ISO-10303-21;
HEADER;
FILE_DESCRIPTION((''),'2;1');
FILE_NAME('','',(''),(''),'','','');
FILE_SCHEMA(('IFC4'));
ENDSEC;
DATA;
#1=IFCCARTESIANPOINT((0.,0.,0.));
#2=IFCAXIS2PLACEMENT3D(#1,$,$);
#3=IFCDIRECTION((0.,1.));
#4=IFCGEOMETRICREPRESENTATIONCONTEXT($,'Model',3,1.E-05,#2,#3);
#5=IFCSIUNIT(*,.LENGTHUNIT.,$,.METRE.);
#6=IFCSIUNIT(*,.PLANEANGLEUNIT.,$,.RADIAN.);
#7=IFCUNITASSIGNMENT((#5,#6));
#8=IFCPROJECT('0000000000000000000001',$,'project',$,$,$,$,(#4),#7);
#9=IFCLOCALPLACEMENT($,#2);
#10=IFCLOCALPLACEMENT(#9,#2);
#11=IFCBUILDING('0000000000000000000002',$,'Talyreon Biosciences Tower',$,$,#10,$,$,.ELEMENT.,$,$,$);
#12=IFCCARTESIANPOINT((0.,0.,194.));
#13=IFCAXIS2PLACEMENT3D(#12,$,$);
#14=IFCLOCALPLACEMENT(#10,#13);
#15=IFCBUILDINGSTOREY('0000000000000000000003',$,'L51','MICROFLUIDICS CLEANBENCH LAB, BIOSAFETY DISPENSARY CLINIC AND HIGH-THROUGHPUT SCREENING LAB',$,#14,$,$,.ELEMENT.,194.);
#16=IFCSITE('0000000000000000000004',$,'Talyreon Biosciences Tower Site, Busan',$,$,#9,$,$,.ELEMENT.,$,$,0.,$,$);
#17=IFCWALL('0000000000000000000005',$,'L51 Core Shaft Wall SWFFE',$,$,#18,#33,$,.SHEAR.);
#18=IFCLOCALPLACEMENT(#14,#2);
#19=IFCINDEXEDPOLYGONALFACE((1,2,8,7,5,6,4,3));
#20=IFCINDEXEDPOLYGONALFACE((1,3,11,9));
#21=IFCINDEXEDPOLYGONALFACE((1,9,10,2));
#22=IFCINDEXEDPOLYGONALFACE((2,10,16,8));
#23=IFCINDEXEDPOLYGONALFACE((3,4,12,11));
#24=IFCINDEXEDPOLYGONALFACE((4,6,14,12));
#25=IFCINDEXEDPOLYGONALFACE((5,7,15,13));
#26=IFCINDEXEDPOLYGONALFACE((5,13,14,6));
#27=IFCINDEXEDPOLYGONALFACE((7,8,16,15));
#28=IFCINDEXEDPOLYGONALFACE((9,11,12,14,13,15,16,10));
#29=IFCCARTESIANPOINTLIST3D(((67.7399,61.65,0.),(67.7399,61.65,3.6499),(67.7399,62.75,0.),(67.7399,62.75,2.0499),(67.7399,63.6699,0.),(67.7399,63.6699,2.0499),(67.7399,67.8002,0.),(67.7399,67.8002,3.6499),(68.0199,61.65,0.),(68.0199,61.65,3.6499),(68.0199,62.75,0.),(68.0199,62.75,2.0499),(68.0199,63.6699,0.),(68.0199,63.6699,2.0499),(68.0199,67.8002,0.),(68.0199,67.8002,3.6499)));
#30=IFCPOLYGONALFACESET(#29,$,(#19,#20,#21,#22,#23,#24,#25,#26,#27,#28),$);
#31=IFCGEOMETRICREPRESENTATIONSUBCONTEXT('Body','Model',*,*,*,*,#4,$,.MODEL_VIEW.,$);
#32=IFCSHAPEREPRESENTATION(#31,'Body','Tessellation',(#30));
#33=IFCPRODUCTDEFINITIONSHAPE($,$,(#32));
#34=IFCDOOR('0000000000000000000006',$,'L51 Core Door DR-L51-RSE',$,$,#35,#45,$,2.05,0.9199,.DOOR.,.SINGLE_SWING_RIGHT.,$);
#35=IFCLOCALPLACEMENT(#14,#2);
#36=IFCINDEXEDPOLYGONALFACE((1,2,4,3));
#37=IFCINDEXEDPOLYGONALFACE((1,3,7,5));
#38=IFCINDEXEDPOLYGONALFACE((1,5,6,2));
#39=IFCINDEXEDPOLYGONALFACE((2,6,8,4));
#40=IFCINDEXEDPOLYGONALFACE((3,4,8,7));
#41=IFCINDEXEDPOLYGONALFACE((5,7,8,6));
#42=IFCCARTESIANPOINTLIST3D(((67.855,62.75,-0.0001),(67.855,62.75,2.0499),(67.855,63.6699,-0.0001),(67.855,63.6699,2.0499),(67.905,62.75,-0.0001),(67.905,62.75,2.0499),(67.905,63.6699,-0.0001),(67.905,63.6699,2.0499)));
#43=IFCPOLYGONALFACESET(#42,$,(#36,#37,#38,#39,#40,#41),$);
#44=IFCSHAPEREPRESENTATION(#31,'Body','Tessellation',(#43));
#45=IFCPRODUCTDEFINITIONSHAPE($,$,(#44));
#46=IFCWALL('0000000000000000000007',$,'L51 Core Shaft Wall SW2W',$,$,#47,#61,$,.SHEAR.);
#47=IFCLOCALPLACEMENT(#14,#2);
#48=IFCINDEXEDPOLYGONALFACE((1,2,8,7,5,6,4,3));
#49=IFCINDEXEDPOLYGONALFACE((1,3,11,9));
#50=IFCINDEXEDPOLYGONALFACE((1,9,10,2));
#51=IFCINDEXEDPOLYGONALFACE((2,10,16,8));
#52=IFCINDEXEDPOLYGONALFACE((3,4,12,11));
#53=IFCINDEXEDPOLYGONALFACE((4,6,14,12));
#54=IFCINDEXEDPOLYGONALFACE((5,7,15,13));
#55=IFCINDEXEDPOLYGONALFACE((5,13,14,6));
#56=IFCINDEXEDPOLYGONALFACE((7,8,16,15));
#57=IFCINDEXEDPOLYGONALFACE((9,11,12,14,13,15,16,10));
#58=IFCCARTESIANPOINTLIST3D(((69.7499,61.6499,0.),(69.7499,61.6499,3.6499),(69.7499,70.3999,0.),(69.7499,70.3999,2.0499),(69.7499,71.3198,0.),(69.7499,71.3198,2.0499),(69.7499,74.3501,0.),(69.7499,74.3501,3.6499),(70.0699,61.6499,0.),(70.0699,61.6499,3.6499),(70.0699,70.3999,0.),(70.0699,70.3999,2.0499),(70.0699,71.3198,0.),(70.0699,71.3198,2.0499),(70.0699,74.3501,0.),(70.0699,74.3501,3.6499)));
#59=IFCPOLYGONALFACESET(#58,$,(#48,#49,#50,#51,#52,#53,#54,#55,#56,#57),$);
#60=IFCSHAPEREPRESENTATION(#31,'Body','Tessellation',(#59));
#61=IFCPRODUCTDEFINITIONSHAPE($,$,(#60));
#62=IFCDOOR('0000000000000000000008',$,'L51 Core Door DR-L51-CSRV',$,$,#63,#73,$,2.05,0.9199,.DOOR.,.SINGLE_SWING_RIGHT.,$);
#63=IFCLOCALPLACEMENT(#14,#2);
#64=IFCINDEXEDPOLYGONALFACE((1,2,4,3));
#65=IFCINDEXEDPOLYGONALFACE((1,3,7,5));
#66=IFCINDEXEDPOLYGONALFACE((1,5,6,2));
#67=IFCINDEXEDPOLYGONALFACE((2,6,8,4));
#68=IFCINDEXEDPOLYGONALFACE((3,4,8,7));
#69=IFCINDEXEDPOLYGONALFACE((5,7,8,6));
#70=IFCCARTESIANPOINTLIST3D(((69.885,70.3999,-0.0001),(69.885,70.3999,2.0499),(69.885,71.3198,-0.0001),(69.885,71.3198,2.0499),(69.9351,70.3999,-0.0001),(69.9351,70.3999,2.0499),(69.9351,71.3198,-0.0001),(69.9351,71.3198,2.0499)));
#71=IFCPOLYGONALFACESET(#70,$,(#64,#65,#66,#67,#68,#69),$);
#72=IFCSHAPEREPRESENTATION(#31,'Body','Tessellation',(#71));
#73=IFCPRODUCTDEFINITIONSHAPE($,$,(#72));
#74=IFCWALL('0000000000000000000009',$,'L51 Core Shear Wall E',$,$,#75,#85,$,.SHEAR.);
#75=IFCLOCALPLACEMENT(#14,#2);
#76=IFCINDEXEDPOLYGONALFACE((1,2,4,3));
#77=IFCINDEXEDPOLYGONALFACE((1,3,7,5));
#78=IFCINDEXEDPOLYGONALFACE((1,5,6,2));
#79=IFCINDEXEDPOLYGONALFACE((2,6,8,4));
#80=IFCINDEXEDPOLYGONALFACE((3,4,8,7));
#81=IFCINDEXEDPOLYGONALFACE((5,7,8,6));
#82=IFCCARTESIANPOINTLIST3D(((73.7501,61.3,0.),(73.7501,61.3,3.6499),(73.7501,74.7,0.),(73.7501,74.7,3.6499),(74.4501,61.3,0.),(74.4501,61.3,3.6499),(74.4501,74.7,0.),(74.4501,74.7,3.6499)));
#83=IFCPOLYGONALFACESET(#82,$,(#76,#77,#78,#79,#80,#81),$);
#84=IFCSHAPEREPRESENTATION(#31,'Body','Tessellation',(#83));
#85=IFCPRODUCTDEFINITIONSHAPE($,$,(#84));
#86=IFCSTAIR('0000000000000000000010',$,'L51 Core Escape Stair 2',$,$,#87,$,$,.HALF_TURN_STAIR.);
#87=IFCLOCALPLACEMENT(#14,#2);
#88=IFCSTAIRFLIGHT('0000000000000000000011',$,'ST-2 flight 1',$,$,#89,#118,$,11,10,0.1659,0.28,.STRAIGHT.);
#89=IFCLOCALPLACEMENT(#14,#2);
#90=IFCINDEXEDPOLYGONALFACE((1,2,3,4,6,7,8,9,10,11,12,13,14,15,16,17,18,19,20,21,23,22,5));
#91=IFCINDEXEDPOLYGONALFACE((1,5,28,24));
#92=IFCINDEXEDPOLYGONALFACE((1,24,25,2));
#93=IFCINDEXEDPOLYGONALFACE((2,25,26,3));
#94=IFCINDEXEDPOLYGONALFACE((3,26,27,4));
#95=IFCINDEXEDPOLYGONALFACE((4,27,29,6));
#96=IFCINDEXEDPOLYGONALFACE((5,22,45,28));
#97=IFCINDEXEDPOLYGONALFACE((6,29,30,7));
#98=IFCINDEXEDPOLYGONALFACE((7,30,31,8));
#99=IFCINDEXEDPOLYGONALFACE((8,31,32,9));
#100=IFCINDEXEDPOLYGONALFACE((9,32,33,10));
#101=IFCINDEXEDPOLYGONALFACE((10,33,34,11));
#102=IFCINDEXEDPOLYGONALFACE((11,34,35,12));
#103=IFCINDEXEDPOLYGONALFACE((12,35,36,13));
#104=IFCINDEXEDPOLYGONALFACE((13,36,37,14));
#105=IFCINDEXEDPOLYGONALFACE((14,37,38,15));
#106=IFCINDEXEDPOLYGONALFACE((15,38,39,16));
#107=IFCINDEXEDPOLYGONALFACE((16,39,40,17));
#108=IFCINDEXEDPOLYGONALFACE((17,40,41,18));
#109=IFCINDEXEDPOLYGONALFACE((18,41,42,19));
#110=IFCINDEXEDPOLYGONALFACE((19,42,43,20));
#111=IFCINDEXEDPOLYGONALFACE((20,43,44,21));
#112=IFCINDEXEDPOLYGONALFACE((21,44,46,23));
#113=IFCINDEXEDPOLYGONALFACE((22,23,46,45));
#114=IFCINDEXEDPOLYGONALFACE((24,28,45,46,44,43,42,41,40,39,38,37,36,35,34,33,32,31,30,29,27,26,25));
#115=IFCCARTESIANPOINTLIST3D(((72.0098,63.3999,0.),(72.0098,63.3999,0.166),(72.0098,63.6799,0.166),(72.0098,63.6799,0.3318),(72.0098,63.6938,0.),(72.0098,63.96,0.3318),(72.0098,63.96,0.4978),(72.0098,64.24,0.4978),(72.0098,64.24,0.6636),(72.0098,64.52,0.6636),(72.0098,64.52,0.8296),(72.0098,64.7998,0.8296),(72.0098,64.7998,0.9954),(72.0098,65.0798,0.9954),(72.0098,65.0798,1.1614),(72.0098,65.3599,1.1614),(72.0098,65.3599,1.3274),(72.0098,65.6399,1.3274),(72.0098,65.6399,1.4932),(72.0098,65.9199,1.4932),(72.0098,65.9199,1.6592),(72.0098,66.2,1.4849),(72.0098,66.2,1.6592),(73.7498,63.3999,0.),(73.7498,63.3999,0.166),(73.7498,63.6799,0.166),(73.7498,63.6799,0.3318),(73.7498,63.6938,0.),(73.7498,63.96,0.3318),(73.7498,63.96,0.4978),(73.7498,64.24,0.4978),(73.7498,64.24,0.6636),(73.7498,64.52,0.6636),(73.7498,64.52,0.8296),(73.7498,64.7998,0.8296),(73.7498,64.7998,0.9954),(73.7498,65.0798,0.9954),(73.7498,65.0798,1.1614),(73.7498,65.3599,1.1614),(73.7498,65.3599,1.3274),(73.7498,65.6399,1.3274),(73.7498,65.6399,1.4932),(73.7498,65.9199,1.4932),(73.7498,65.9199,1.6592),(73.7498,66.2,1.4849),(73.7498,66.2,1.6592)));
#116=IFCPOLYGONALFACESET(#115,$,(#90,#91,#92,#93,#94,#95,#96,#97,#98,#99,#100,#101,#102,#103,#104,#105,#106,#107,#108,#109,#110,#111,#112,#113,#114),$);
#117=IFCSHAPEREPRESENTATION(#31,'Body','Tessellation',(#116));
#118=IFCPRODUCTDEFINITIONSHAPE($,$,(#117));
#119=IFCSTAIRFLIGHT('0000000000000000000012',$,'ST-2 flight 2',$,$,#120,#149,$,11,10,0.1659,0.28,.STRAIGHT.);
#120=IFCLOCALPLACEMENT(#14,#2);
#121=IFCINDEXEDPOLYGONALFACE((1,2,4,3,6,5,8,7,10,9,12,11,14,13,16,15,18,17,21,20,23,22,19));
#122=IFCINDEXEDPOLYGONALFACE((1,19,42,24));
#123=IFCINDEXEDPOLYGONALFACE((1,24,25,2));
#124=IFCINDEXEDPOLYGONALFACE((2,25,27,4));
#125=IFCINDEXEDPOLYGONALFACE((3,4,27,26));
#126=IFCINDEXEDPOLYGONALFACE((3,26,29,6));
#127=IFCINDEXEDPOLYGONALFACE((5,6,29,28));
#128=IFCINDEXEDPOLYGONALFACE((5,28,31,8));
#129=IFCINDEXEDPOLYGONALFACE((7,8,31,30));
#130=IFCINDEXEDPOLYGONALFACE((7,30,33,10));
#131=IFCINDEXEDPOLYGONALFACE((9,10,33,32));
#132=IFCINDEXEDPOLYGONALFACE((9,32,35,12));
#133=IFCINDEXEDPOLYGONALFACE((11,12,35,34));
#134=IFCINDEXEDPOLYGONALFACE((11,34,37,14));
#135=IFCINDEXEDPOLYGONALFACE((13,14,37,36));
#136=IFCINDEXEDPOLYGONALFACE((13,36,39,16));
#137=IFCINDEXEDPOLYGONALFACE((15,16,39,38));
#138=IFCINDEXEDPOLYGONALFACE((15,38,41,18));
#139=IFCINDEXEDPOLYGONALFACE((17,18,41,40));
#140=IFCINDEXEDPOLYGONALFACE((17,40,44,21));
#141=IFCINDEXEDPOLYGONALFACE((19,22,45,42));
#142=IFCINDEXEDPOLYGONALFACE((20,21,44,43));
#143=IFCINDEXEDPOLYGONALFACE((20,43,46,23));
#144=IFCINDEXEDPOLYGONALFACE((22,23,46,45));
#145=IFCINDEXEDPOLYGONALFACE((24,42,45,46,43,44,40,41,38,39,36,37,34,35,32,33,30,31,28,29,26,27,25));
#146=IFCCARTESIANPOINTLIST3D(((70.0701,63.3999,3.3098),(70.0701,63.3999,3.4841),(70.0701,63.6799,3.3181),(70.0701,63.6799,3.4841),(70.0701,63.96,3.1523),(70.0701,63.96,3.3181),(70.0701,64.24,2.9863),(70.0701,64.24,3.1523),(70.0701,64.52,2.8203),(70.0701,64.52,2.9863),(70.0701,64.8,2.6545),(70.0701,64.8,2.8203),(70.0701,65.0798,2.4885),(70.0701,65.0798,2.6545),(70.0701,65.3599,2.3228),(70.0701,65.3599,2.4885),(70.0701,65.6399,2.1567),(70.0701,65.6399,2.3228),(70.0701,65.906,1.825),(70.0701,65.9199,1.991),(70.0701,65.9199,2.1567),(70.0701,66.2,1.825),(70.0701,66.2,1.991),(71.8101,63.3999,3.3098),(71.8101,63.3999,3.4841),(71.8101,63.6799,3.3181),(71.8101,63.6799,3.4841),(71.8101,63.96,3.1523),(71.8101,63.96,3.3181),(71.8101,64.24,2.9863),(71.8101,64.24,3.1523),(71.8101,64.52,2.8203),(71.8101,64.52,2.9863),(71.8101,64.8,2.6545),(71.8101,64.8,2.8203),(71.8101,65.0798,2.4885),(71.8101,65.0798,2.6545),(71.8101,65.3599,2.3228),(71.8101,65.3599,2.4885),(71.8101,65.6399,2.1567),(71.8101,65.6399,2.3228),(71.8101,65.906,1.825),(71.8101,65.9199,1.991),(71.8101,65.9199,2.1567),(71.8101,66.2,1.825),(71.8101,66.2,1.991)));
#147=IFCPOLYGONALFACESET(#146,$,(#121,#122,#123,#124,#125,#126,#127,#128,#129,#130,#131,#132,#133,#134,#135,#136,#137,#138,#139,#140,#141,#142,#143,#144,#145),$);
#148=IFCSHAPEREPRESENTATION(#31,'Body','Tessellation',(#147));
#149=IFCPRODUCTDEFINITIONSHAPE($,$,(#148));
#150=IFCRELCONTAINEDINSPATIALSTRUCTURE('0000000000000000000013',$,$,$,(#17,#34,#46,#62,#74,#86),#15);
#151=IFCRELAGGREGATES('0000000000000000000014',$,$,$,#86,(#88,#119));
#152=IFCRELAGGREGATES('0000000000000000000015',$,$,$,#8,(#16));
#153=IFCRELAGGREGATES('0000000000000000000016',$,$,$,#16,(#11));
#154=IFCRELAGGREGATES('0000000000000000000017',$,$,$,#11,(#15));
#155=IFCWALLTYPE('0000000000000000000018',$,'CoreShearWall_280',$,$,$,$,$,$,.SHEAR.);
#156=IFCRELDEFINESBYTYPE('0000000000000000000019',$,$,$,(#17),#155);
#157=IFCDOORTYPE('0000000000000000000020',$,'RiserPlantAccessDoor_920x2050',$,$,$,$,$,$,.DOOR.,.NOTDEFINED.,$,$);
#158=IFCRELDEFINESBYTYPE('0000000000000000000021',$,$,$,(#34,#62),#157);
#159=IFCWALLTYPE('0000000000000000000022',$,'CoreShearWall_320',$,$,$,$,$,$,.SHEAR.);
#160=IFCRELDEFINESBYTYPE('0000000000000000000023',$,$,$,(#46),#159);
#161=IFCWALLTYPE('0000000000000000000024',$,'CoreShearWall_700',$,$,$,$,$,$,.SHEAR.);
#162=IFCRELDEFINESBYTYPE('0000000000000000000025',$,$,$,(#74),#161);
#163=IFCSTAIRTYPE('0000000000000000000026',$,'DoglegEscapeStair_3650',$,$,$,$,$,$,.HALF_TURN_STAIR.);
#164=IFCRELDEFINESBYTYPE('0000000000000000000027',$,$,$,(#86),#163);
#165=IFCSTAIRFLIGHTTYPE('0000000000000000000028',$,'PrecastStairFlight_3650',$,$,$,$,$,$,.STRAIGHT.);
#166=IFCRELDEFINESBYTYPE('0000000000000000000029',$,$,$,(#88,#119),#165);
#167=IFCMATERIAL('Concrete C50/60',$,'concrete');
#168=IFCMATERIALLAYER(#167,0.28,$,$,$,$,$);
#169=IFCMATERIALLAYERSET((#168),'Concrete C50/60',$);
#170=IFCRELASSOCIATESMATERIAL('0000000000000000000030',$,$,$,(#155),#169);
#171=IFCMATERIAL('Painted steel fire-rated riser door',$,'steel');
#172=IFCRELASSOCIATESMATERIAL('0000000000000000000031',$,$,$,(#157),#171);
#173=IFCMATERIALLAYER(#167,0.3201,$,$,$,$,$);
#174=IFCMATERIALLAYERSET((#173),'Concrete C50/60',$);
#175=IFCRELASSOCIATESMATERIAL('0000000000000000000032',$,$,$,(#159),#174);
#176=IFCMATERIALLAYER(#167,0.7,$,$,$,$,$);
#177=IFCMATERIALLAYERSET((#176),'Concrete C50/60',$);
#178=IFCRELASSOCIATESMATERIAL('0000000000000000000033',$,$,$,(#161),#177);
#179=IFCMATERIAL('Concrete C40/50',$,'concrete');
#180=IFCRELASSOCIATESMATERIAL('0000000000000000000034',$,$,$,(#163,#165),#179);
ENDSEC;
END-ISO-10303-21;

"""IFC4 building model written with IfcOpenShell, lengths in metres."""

from ifc_helpers import new_model, si_unit, direction, frame, frame_2d, origin, place, context, subcontext, project, spatial, polyline, rectangle, outline, extrude, material, layer, layer_set, type_object, element, fill, aggregate, save


model = new_model("IFC4")

# Units and contexts
model_context = context("Model", 3, precision=1e-05, world=origin(), true_north=direction((0.0, 1.0)))
body_context = subcontext(model_context, "Body", "Model", "MODEL_VIEW")
ifc_project = project(units=[si_unit("LENGTHUNIT", "METRE"), si_unit("PLANEANGLEUNIT", "RADIAN")], contexts=[model_context])

# Site, building, storey
site_placement = place(None, origin())
site = spatial("IfcSite", under=ifc_project, at=site_placement, Name="Talyreon Biosciences Tower Site, Busan", CompositionType="ELEMENT", RefElevation=0.0)
building_placement = place(site_placement, origin())
building = spatial("IfcBuilding", under=site, at=building_placement, Name="Talyreon Biosciences Tower", CompositionType="ELEMENT")
storey_placement = place(building_placement, frame((0.0, 0.0, 194.0)))
storey = spatial("IfcBuildingStorey", under=building, at=storey_placement, Name="L51", Description="MICROFLUIDICS CLEANBENCH LAB, BIOSAFETY DISPENSARY CLINIC AND HIGH-THROUGHPUT SCREENING LAB", CompositionType="ELEMENT", Elevation=194.0)

# Shared definitions
ifc_material_1 = material(Name="Concrete C50/60", Category="concrete")

# Walls, openings, doors
ifc_layer_1 = layer(ifc_material_1, 0.28)
ifc_layer_set_1 = layer_set([ifc_layer_1], Name="Concrete C50/60")
wall_type_1 = type_object("IfcWallType", Name="CoreShearWall_280", PredefinedType="SHEAR", material=ifc_layer_set_1)
wall_1_placement = place(storey_placement, frame((67.8799, 61.6499, 0.0), z_axis=(0.0, 0.0, 1.0), x_axis=(0.0, 1.0, 0.0)))
wall_1 = element("IfcWall", 1, at=wall_1_placement, inside=storey, type_object=wall_type_1, Name="L51 Core Shaft Wall SWFFE", PredefinedType="SHEAR", context=body_context, shape_type="SweptSolid", body=[
    extrude(rectangle(XDim=6.1501, YDim=0.28, at=frame_2d((3.0752, 0.0))), origin(), (0.0, 0.0, 1.0), 3.6499),
])
opening_1_placement = place(wall_1_placement, frame((1.1001, 0.0, 0.0)))
opening_1 = element("IfcOpeningElement", 2, at=opening_1_placement, cuts=wall_1, PredefinedType="OPENING", context=body_context, shape_type="SweptSolid", body=[
    extrude(rectangle(XDim=0.9199, YDim=2.05, at=frame_2d((0.46, 1.0249))), frame((0.0, 0.1499, 0.0), z_axis=(0.0, -1.0, 0.0), x_axis=(1.0, 0.0, 0.0)), (0.0, 0.0, 1.0), 0.3),
])
ifc_material_2 = material(Name="Painted steel fire-rated riser door", Category="steel")
door_type = type_object("IfcDoorType", Name="RiserPlantAccessDoor_920x2050", OperationType="NOTDEFINED", PredefinedType="DOOR", material=ifc_material_2)
door_1_placement = place(opening_1_placement, origin())
door_1 = element("IfcDoor", 3, at=door_1_placement, inside=storey, type_object=door_type, Name="L51 Core Door DR-L51-RSE", OperationType="SINGLE_SWING_RIGHT", OverallHeight=2.05, OverallWidth=0.9199, PredefinedType="DOOR", context=body_context, shape_type="SweptSolid", body=[
    extrude(rectangle(XDim=0.9199, YDim=2.05, at=frame_2d((0.46, 1.0249))), frame((0.0, 0.0249, 0.0), z_axis=(0.0, -1.0, 0.0), x_axis=(1.0, 0.0, 0.0)), (0.0, 0.0, 1.0), 0.05),
])
fill(opening_1, door_1)
ifc_layer_2 = layer(ifc_material_1, 0.3201)
ifc_layer_set_2 = layer_set([ifc_layer_2], Name="Concrete C50/60")
wall_type_2 = type_object("IfcWallType", Name="CoreShearWall_320", PredefinedType="SHEAR", material=ifc_layer_set_2)
wall_2_placement = place(storey_placement, frame((69.9099, 61.6499, 0.0), z_axis=(0.0, 0.0, 1.0), x_axis=(0.0, 1.0, 0.0)))
wall_2 = element("IfcWall", 4, at=wall_2_placement, inside=storey, type_object=wall_type_2, Name="L51 Core Shaft Wall SW2W", PredefinedType="SHEAR", context=body_context, shape_type="SweptSolid", body=[
    extrude(rectangle(XDim=12.7002, YDim=0.3201, at=frame_2d((6.3501, 0.0))), origin(), (0.0, 0.0, 1.0), 3.6499),
])
opening_2_placement = place(wall_2_placement, frame((8.75, 0.0, 0.0)))
opening_2 = element("IfcOpeningElement", 5, at=opening_2_placement, cuts=wall_2, PredefinedType="OPENING", context=body_context, shape_type="SweptSolid", body=[
    extrude(rectangle(XDim=0.9199, YDim=2.05, at=frame_2d((0.46, 1.0249))), frame((0.0, 0.1699, 0.0), z_axis=(0.0, -1.0, 0.0), x_axis=(1.0, 0.0, 0.0)), (0.0, 0.0, 1.0), 0.3401),
])
door_2_placement = place(opening_2_placement, origin())
door_2 = element("IfcDoor", 6, at=door_2_placement, inside=storey, type_object=door_type, Name="L51 Core Door DR-L51-CSRV", OperationType="SINGLE_SWING_RIGHT", OverallHeight=2.05, OverallWidth=0.9199, PredefinedType="DOOR", context=body_context, shape_type="SweptSolid", body=[
    extrude(rectangle(XDim=0.9199, YDim=2.05, at=frame_2d((0.46, 1.0249))), frame((0.0, 0.0249, 0.0), z_axis=(0.0, -1.0, 0.0), x_axis=(1.0, 0.0, 0.0)), (0.0, 0.0, 1.0), 0.05),
])
fill(opening_2, door_2)

# Wall
ifc_layer_3 = layer(ifc_material_1, 0.7)
ifc_layer_set_3 = layer_set([ifc_layer_3], Name="Concrete C50/60")
wall_type_3 = type_object("IfcWallType", Name="CoreShearWall_700", PredefinedType="SHEAR", material=ifc_layer_set_3)
wall_3_placement = place(storey_placement, frame((74.1001, 61.3, 0.0), z_axis=(0.0, 0.0, 1.0), x_axis=(0.0, 1.0, 0.0)))
element("IfcWall", 7, at=wall_3_placement, inside=storey, type_object=wall_type_3, Name="L51 Core Shear Wall E", PredefinedType="SHEAR", context=body_context, shape_type="SweptSolid", body=[
    extrude(rectangle(XDim=13.3999, YDim=0.7, at=frame_2d((6.7, 0.0))), origin(), (0.0, 0.0, 1.0), 3.6499),
])

# Stair, stair flights
ifc_material_3 = material(Name="Concrete C40/50", Category="concrete")
stair_type = type_object("IfcStairType", Name="DoglegEscapeStair_3650", PredefinedType="HALF_TURN_STAIR", material=ifc_material_3)
stair_placement = place(storey_placement, origin())
stair = element("IfcStair", 8, at=stair_placement, inside=storey, type_object=stair_type, Name="L51 Core Escape Stair 2", PredefinedType="HALF_TURN_STAIR")
stair_flight_type = type_object("IfcStairFlightType", Name="PrecastStairFlight_3650", PredefinedType="STRAIGHT", material=ifc_material_3)
stair_flight_1_placement = place(storey_placement, frame((72.8799, 63.3999, 0.0), z_axis=(0.0, 0.0, 1.0), x_axis=(0.0, 1.0, 0.0)))
stair_flight_1 = element("IfcStairFlight", 9, at=stair_flight_1_placement, type_object=stair_flight_type, Name="ST-2 flight 1", NumberOfRisers=11, NumberOfTreads=10, PredefinedType="STRAIGHT", RiserHeight=0.1659, TreadLength=0.28, context=body_context, shape_type="SweptSolid", body=[
    extrude(outline(polyline([(0.0, 0.0), (0.0, 0.166), (0.28, 0.166), (0.28, 0.3318), (0.5601, 0.3318), (0.5601, 0.4978), (0.8401, 0.4978), (0.8401, 0.6636), (1.1201, 0.6636), (1.1201, 0.8296), (1.3999, 0.8296), (1.3999, 0.9954), (1.6799, 0.9954), (1.6799, 1.1614), (1.96, 1.1614), (1.96, 1.3274), (2.24, 1.3274), (2.24, 1.4932), (2.52, 1.4932), (2.52, 1.6592), (2.8, 1.6592), (2.8, 1.825), (2.8, 1.4849), (0.2939, 0.0), (0.0, 0.0)])), frame((0.0, 0.8701, 0.0), z_axis=(0.0, -1.0, 0.0), x_axis=(1.0, 0.0, 0.0)), (0.0, 0.0, 1.0), 1.74),
])
stair_flight_2_placement = place(storey_placement, frame((70.9399, 66.2, 1.825), z_axis=(0.0, 0.0, 1.0), x_axis=(0.0, -1.0, 0.0)))
stair_flight_2 = element("IfcStairFlight", 10, at=stair_flight_2_placement, type_object=stair_flight_type, Name="ST-2 flight 2", NumberOfRisers=11, NumberOfTreads=10, PredefinedType="STRAIGHT", RiserHeight=0.1659, TreadLength=0.28, context=body_context, shape_type="SweptSolid", body=[
    extrude(outline(polyline([(0.0, 0.0), (0.0, 0.166), (0.28, 0.166), (0.28, 0.3318), (0.5601, 0.3318), (0.5601, 0.4978), (0.8401, 0.4978), (0.8401, 0.6636), (1.1201, 0.6636), (1.1201, 0.8296), (1.3999, 0.8296), (1.3999, 0.9954), (1.6799, 0.9954), (1.6799, 1.1614), (1.96, 1.1614), (1.96, 1.3274), (2.24, 1.3274), (2.24, 1.4932), (2.52, 1.4932), (2.52, 1.6592), (2.8, 1.6592), (2.8, 1.825), (2.8, 1.4849), (0.2939, 0.0), (0.0, 0.0)])), frame((0.0, 0.8701, 0.0), z_axis=(0.0, -1.0, 0.0), x_axis=(1.0, 0.0, 0.0)), (0.0, 0.0, 1.0), 1.74),
])
aggregate(stair, [stair_flight_1, stair_flight_2])

save(model, "model.ifc")
